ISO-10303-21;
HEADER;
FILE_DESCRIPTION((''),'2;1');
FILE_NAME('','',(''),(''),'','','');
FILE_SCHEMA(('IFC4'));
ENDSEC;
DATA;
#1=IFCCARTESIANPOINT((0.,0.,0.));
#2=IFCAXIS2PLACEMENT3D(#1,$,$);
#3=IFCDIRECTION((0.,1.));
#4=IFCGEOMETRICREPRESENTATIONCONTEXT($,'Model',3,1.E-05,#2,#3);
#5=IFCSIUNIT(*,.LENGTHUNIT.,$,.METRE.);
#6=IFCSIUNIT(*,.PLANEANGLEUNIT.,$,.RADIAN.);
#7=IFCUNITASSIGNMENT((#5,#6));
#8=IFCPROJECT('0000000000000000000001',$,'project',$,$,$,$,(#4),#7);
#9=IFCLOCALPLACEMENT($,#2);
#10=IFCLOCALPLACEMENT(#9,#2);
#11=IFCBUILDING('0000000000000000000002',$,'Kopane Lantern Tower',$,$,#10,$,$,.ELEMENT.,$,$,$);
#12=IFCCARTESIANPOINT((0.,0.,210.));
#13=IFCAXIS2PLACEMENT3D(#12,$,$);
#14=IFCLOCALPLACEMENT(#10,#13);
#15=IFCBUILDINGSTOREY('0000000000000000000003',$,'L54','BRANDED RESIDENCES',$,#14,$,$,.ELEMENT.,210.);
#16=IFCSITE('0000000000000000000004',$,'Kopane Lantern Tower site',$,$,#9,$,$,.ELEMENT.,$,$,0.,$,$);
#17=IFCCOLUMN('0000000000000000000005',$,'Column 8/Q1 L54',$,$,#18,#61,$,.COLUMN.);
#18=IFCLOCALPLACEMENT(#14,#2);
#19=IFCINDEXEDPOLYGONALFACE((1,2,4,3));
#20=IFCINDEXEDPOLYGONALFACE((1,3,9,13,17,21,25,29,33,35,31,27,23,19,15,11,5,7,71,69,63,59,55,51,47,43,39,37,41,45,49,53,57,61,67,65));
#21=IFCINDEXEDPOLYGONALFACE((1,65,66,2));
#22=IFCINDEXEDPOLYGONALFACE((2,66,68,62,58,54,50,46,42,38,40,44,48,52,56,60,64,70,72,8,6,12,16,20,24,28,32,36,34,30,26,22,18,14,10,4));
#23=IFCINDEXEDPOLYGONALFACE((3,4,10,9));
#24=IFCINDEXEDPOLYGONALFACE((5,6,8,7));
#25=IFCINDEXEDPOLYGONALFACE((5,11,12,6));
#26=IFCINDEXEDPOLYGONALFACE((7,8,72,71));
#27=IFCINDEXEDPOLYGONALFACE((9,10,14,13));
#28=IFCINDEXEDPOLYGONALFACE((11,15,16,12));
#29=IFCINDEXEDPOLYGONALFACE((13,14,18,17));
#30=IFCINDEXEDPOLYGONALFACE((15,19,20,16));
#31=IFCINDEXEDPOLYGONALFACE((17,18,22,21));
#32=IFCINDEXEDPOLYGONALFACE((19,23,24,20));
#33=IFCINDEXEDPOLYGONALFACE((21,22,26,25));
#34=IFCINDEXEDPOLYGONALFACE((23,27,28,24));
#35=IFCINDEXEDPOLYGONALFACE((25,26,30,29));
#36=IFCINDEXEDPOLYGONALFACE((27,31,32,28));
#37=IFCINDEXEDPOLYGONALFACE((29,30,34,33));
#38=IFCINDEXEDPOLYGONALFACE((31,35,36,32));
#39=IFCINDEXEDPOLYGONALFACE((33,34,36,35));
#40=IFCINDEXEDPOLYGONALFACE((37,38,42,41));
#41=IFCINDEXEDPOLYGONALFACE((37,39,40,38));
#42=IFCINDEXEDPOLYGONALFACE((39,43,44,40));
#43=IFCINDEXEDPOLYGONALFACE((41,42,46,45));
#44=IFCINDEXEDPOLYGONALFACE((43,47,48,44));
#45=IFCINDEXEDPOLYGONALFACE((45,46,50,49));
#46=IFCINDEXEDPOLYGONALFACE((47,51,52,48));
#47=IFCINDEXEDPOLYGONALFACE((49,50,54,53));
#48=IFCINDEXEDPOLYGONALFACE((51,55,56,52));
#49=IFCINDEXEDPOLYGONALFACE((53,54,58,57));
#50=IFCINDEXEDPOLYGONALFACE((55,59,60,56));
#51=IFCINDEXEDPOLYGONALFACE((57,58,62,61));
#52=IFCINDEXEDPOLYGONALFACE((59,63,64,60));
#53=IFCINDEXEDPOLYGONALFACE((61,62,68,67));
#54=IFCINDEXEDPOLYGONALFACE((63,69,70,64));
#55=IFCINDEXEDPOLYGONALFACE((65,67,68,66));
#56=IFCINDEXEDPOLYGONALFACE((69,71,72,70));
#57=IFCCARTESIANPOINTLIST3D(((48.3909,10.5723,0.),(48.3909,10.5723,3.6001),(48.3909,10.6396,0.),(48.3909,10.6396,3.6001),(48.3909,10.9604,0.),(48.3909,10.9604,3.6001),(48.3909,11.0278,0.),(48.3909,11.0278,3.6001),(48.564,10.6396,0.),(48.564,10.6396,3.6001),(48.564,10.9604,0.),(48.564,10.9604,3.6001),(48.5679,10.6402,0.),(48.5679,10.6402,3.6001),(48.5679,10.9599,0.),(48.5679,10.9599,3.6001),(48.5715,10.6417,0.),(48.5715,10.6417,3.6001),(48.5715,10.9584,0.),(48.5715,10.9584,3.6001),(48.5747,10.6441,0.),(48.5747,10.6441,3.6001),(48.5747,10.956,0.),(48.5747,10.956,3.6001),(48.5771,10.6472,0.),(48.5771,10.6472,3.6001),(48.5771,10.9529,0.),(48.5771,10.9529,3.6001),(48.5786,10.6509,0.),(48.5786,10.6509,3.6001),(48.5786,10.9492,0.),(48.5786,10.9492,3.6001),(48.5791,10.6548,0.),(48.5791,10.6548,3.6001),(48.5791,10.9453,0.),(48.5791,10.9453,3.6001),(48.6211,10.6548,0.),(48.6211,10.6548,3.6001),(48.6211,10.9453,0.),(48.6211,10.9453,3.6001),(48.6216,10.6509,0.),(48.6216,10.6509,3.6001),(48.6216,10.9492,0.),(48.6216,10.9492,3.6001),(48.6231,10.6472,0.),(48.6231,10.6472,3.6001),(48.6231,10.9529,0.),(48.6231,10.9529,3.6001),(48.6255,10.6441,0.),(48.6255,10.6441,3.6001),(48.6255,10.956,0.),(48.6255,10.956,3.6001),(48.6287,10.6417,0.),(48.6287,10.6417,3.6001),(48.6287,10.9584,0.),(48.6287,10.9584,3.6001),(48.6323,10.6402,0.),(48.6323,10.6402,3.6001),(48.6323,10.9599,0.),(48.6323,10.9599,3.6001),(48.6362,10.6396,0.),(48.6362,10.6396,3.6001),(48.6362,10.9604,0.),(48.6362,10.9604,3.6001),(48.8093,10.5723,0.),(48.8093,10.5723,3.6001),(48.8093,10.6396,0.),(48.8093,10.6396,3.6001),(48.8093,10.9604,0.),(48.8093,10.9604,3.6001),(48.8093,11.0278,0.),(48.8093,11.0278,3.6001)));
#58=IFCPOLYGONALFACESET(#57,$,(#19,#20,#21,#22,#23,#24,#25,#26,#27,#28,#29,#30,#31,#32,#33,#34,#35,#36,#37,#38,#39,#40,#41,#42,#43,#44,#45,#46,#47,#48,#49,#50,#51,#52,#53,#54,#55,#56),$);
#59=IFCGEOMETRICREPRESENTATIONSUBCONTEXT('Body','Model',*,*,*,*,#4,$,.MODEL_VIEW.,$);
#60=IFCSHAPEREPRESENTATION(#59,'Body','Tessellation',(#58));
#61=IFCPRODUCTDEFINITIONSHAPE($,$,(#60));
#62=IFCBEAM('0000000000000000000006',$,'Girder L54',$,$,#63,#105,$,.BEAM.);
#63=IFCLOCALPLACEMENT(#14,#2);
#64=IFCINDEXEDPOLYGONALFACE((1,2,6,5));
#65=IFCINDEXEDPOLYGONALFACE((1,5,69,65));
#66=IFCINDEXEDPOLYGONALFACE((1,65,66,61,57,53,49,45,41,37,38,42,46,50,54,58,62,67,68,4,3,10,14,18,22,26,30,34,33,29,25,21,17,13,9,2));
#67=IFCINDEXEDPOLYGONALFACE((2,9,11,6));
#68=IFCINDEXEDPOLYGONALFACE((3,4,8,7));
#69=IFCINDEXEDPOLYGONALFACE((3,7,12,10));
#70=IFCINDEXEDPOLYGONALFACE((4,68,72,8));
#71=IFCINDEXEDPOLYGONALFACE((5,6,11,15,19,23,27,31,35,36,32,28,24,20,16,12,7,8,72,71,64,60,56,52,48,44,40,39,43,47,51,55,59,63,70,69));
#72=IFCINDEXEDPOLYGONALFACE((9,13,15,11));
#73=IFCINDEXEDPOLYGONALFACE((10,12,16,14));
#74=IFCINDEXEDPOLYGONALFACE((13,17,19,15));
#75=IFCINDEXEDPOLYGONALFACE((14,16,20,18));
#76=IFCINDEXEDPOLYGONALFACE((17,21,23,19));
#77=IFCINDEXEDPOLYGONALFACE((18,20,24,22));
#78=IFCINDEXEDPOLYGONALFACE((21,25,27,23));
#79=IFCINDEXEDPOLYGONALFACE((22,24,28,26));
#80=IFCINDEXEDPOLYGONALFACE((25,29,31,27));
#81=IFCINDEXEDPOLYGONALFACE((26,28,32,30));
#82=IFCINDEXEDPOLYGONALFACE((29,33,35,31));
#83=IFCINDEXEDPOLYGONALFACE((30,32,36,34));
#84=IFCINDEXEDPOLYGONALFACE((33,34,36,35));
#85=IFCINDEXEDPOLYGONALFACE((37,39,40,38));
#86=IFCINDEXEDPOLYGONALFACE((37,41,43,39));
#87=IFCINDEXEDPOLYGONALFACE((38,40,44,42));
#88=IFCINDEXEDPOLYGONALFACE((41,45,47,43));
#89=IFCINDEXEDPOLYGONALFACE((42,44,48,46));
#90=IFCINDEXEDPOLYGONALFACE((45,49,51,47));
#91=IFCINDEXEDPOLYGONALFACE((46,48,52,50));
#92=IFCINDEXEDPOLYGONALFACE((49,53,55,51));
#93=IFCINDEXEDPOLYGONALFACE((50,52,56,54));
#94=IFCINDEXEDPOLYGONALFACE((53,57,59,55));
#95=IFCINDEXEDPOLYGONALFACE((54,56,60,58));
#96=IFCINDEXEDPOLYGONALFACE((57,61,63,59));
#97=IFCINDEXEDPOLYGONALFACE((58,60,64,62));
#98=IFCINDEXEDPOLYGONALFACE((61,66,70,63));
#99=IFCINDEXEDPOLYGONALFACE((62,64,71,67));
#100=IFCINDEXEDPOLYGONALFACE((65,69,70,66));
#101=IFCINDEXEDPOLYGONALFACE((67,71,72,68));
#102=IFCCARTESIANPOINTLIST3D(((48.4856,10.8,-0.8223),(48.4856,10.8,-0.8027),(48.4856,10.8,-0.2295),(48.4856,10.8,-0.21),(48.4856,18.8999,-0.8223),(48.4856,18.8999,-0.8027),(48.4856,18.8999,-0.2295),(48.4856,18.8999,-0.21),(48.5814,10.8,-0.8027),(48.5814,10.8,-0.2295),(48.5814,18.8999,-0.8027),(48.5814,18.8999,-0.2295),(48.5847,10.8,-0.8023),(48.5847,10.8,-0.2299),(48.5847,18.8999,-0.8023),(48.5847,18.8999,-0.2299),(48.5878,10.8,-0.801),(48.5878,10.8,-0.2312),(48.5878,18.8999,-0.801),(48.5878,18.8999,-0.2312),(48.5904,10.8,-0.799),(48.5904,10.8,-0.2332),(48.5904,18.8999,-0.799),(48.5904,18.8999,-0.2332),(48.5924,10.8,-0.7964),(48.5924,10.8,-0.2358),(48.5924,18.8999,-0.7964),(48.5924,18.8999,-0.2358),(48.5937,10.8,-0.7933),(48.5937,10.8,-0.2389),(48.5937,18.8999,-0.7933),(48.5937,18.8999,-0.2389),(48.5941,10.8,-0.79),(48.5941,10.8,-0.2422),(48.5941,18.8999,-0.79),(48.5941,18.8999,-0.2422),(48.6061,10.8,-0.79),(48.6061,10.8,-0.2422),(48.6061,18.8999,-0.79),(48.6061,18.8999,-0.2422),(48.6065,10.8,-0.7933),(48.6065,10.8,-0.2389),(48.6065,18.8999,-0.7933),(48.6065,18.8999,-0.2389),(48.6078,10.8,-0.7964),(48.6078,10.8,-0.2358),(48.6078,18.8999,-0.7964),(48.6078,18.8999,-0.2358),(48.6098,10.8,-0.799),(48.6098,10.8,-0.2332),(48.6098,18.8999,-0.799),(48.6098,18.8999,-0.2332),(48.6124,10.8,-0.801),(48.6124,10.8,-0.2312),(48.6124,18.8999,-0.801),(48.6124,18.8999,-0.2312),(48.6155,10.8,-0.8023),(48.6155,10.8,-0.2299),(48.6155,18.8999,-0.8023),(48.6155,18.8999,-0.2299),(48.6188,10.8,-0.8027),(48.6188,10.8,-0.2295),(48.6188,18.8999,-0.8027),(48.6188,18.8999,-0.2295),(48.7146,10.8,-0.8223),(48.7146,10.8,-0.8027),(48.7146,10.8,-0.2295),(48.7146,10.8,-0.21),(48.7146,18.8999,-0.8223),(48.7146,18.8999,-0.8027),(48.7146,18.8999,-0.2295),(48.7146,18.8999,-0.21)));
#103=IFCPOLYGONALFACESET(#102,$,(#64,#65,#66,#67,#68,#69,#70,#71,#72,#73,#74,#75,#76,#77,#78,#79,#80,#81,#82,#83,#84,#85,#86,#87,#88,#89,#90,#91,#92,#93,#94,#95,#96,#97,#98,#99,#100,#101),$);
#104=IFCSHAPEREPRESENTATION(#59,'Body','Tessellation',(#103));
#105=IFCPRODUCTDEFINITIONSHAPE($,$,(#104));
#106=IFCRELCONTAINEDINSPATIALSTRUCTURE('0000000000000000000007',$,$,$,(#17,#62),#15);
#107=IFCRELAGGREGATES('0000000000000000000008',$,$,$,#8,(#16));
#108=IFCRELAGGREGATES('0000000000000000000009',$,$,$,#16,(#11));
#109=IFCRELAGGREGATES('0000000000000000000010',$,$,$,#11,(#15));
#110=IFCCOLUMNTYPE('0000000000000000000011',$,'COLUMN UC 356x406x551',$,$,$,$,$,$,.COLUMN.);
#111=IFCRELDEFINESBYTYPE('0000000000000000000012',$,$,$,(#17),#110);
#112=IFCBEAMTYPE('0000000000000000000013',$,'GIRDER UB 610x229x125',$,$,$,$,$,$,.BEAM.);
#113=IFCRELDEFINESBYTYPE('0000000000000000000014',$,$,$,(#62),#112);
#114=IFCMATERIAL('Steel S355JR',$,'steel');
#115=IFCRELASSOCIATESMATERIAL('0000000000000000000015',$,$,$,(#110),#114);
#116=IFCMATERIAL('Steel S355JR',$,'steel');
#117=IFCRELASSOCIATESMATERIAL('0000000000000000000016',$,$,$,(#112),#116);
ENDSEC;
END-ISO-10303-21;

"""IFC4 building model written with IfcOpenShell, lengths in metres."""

from ifc_helpers import new_model, si_unit, direction, frame, origin, origin_2d, place, context, subcontext, project, spatial, i_section, extrude, material, material_profile, profile_set, type_object, element, save


model = new_model("IFC4")

# Units and contexts
model_context = context("Model", 3, precision=1e-05, world=origin(), true_north=direction((0.0, 1.0)))
body_context = subcontext(model_context, "Body", "Model", "MODEL_VIEW")
ifc_project = project(units=[si_unit("LENGTHUNIT", "METRE"), si_unit("PLANEANGLEUNIT", "RADIAN")], contexts=[model_context])

# Site, building, storey
site_placement = place(None, origin())
site = spatial("IfcSite", under=ifc_project, at=site_placement, Name="Kopane Lantern Tower site", CompositionType="ELEMENT", RefElevation=0.0)
building_placement = place(site_placement, origin())
building = spatial("IfcBuilding", under=site, at=building_placement, Name="Kopane Lantern Tower", CompositionType="ELEMENT")
storey_placement = place(building_placement, frame((0.0, 0.0, 210.0)))
storey = spatial("IfcBuildingStorey", under=building, at=storey_placement, Name="L54", Description="BRANDED RESIDENCES", CompositionType="ELEMENT", Elevation=210.0)

# Column
ifc_material_1 = material(Name="Steel S355JR", Category="steel")
ifc_material_profile_1 = material_profile(ifc_material_1, i_section(OverallWidth=0.4185, OverallDepth=0.4556, WebThickness=0.042, FlangeThickness=0.0674, FilletRadius=0.0151, at=origin_2d()), Name="UC 356x406x551")
ifc_profile_set_1 = profile_set([ifc_material_profile_1], Name="Steel S355JR")
column_type = type_object("IfcColumnType", Name="COLUMN UC 356x406x551", PredefinedType="COLUMN", material=ifc_profile_set_1)
column_placement = place(storey_placement, frame((48.6001, 10.8, 0.0), z_axis=(0.0, 0.0, 1.0), x_axis=(1.0, 0.0, 0.0)))
element("IfcColumn", 1, at=column_placement, inside=storey, type_object=column_type, Name="Column 8/Q1 L54", PredefinedType="COLUMN", context=body_context, shape_type="SweptSolid", body=[
    extrude(i_section(OverallWidth=0.4185, OverallDepth=0.4556, WebThickness=0.042, FlangeThickness=0.0674, FilletRadius=0.0151, at=origin_2d()), origin(), (0.0, 0.0, 1.0), 3.6001),
])

# Beam
ifc_material_2 = material(Name="Steel S355JR", Category="steel")
ifc_material_profile_2 = material_profile(ifc_material_2, i_section(OverallWidth=0.229, OverallDepth=0.6123, WebThickness=0.012, FlangeThickness=0.0195, FilletRadius=0.0127, at=origin_2d()), Name="UB 610x229x125")
ifc_profile_set_2 = profile_set([ifc_material_profile_2], Name="Steel S355JR")
beam_type = type_object("IfcBeamType", Name="GIRDER UB 610x229x125", PredefinedType="BEAM", material=ifc_profile_set_2)
beam_placement = place(storey_placement, frame((48.6001, 10.8, -0.5161), z_axis=(0.0, 1.0, 0.0), x_axis=(-1.0, 0.0, 0.0)))
element("IfcBeam", 2, at=beam_placement, inside=storey, type_object=beam_type, Name="Girder L54", PredefinedType="BEAM", context=body_context, shape_type="SweptSolid", body=[
    extrude(i_section(OverallWidth=0.229, OverallDepth=0.6123, WebThickness=0.012, FlangeThickness=0.0195, FilletRadius=0.0127, at=origin_2d()), origin(), (0.0, 0.0, 1.0), 8.0999),
])

save(model, "model.ifc")
